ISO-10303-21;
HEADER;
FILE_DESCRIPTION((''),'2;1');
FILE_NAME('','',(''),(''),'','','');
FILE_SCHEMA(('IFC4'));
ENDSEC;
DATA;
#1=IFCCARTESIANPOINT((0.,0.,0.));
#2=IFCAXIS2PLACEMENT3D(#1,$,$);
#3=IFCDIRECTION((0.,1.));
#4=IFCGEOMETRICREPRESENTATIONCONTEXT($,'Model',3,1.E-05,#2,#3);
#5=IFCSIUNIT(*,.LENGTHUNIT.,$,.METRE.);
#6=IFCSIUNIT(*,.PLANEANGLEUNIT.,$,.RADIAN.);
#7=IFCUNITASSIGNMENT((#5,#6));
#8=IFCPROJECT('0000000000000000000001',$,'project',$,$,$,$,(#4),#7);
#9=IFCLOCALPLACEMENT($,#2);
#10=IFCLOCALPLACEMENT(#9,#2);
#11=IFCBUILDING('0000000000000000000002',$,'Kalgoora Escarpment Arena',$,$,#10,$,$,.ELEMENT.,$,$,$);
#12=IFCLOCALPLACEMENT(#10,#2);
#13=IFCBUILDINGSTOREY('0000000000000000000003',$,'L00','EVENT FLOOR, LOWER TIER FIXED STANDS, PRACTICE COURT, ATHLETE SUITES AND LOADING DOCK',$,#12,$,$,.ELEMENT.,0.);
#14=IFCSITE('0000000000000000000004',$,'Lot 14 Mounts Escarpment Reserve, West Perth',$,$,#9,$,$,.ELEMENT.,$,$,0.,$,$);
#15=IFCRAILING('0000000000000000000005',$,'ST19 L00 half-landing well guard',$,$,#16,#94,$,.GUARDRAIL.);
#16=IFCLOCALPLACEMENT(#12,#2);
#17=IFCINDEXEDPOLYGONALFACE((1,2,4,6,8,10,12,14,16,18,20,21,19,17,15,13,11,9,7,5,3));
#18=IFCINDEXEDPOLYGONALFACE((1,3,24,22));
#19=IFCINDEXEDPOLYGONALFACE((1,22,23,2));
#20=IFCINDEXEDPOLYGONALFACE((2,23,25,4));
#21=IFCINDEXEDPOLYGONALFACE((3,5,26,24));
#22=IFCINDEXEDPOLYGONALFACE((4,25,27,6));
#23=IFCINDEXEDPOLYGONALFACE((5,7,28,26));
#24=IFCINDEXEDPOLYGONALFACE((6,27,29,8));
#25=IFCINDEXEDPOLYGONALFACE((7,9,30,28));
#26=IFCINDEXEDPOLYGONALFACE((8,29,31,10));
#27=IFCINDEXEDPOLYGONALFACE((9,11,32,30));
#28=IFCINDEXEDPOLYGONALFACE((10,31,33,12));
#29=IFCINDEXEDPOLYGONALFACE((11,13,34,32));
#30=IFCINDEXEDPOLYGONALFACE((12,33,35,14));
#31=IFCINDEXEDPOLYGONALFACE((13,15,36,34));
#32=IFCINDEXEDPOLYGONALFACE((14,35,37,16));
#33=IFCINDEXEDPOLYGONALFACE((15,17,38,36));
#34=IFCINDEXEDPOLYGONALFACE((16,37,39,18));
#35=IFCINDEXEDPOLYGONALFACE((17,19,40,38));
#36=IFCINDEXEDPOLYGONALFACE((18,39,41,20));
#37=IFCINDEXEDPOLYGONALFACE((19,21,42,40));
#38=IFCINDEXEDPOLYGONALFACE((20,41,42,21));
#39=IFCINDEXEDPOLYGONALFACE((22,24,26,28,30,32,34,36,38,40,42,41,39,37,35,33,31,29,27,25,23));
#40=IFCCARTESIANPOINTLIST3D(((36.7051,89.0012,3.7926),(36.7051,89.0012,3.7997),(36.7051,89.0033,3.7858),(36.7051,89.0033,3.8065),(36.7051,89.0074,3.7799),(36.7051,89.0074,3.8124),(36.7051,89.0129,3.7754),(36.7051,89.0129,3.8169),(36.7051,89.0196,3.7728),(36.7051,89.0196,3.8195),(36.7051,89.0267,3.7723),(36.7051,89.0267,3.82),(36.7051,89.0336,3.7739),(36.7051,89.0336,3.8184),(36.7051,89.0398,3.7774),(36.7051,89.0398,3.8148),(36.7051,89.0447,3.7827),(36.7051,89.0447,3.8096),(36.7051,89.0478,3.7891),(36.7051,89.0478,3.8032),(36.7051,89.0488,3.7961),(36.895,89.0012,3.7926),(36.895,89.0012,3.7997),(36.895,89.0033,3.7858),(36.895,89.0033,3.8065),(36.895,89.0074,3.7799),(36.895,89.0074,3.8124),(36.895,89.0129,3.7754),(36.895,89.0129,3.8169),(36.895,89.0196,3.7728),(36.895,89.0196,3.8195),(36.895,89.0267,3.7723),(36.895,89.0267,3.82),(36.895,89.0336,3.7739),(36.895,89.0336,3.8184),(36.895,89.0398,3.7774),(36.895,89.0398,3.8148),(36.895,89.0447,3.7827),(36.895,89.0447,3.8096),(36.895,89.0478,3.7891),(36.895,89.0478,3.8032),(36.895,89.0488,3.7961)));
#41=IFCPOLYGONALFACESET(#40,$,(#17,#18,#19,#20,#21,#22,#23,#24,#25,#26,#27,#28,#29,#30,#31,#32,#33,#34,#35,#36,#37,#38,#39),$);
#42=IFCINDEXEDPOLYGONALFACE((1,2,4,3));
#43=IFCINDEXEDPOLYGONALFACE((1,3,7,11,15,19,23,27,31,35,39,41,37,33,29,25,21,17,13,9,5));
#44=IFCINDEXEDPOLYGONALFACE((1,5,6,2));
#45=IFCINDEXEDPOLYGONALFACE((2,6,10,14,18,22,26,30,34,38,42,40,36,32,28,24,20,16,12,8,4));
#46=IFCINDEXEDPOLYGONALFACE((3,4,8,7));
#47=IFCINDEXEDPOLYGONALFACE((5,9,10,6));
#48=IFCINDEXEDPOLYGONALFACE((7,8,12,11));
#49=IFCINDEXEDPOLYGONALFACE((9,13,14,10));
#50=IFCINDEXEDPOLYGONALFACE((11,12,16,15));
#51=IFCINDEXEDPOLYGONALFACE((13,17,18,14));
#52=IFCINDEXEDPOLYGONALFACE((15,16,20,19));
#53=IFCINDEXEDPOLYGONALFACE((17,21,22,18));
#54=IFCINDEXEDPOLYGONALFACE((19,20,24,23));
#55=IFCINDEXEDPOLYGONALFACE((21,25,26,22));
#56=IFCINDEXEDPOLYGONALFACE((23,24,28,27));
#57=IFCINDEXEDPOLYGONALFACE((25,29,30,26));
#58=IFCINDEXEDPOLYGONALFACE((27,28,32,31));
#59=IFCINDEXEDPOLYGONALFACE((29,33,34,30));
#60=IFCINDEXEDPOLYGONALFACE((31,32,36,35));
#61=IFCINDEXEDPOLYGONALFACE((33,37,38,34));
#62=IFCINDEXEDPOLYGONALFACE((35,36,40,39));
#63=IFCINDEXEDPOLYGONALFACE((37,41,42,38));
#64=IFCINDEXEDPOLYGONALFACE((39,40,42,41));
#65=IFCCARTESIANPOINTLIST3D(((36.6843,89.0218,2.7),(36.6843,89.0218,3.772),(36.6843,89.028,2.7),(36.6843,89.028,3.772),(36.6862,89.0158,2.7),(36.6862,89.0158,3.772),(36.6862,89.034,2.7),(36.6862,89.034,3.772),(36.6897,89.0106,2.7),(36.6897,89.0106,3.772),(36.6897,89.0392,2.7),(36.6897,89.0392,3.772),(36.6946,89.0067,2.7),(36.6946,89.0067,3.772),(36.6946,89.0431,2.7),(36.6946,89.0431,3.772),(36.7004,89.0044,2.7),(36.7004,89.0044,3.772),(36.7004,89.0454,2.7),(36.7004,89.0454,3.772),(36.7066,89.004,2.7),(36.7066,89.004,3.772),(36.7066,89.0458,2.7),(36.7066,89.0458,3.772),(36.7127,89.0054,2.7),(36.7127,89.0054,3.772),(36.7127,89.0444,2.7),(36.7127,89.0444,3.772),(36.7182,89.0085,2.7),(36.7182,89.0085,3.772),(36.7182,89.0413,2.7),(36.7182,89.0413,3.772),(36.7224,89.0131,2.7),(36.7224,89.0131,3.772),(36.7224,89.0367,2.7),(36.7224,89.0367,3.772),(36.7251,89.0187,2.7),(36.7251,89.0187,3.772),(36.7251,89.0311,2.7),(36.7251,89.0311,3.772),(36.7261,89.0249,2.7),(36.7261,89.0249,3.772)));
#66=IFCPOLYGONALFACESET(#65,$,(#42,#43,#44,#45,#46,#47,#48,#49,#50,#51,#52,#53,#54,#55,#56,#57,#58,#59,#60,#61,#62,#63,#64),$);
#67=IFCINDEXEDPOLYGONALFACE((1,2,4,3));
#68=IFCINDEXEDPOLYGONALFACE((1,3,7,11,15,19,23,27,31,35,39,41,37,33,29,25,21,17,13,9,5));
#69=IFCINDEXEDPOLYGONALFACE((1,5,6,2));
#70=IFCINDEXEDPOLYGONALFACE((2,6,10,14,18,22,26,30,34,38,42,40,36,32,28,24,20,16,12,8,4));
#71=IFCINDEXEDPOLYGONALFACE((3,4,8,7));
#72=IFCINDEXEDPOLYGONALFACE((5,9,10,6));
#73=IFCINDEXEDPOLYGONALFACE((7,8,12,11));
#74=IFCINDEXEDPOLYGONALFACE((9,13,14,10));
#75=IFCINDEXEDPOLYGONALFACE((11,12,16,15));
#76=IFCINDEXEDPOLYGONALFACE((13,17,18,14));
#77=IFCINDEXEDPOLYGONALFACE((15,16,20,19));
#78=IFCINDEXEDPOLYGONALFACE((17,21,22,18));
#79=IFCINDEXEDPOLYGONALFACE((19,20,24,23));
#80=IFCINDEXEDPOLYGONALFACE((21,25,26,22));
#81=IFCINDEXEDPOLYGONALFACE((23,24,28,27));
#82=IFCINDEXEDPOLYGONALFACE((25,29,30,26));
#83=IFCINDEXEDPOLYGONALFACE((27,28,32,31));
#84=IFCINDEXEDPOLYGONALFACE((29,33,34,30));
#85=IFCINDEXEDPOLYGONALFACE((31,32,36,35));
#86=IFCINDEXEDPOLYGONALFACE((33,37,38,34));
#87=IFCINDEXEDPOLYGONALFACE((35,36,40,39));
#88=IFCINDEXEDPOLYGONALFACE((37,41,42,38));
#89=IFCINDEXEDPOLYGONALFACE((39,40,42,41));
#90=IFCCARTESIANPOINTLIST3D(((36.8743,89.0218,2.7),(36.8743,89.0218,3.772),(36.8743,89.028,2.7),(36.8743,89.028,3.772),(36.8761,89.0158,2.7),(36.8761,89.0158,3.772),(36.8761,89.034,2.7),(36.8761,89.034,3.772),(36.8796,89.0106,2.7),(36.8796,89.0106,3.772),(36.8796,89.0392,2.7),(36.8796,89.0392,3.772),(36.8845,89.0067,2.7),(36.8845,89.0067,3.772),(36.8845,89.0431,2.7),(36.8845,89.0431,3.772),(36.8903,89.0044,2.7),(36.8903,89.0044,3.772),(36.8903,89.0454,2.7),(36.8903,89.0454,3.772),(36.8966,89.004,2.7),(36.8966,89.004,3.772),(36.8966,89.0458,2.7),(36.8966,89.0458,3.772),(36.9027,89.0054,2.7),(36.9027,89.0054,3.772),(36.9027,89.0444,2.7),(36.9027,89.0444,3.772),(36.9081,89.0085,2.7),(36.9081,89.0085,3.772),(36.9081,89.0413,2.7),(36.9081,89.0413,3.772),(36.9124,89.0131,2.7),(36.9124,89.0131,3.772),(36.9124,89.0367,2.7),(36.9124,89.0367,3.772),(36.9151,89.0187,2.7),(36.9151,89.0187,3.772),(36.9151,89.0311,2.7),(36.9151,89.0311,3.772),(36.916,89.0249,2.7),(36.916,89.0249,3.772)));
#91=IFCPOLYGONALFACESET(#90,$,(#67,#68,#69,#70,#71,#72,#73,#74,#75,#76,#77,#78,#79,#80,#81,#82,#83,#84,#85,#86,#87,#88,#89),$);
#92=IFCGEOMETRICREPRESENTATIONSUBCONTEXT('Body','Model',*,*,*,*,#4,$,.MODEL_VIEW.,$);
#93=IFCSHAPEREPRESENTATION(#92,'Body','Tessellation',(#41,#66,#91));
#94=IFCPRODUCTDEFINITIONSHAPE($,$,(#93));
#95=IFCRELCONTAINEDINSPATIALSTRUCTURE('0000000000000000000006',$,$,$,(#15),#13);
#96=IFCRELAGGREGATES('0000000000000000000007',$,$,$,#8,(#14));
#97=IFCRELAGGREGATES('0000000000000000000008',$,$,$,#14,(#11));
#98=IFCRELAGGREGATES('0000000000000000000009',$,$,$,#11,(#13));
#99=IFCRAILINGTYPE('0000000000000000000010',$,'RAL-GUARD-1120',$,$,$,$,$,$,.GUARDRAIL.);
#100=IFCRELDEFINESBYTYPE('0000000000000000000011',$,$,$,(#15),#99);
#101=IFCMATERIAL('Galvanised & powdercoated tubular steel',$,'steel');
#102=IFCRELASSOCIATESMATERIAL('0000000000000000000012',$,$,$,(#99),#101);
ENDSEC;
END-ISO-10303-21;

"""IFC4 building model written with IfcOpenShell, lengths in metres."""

from ifc_helpers import new_model, si_unit, direction, frame, origin, origin_2d, place, context, subcontext, project, spatial, circle, extrude, material, type_object, element, save


model = new_model("IFC4")

# Units and contexts
model_context = context("Model", 3, precision=1e-05, world=origin(), true_north=direction((0.0, 1.0)))
body_context = subcontext(model_context, "Body", "Model", "MODEL_VIEW")
ifc_project = project(units=[si_unit("LENGTHUNIT", "METRE"), si_unit("PLANEANGLEUNIT", "RADIAN")], contexts=[model_context])

# Site, building, storey
site_placement = place(None, origin())
site = spatial("IfcSite", under=ifc_project, at=site_placement, Name="Lot 14 Mounts Escarpment Reserve, West Perth", CompositionType="ELEMENT", RefElevation=0.0)
building_placement = place(site_placement, origin())
building = spatial("IfcBuilding", under=site, at=building_placement, Name="Kalgoora Escarpment Arena", CompositionType="ELEMENT")
storey_placement = place(building_placement, origin())
storey = spatial("IfcBuildingStorey", under=building, at=storey_placement, Name="L00", Description="EVENT FLOOR, LOWER TIER FIXED STANDS, PRACTICE COURT, ATHLETE SUITES AND LOADING DOCK", CompositionType="ELEMENT", Elevation=0.0)

# Railing
ifc_material_1 = material(Name="Galvanised & powdercoated tubular steel", Category="steel")
railing_type_1 = type_object("IfcRailingType", Name="RAL-GUARD-1120", PredefinedType="GUARDRAIL", material=ifc_material_1)
railing_placement = place(storey_placement, frame((36.7051, 89.0249, 2.7)))
element("IfcRailing", 1, at=railing_placement, inside=storey, type_object=railing_type_1, Name="ST19 L00 half-landing well guard", PredefinedType="GUARDRAIL", context=body_context, shape_type="SweptSolid", body=[
    extrude(circle(Radius=0.0239, at=origin_2d()), frame((0.0, 0.0, 1.0962), z_axis=(1.0, 0.0, 0.0), x_axis=(0.0, 1.0, 0.0)), (0.0, 0.0, 1.0), 0.1899),
    extrude(circle(Radius=0.021, at=origin_2d()), origin(), (0.0, 0.0, 1.0), 1.072),
    extrude(circle(Radius=0.021, at=origin_2d()), frame((0.1899, 0.0, 0.0)), (0.0, 0.0, 1.0), 1.072),
])

save(model, "model.ifc")
